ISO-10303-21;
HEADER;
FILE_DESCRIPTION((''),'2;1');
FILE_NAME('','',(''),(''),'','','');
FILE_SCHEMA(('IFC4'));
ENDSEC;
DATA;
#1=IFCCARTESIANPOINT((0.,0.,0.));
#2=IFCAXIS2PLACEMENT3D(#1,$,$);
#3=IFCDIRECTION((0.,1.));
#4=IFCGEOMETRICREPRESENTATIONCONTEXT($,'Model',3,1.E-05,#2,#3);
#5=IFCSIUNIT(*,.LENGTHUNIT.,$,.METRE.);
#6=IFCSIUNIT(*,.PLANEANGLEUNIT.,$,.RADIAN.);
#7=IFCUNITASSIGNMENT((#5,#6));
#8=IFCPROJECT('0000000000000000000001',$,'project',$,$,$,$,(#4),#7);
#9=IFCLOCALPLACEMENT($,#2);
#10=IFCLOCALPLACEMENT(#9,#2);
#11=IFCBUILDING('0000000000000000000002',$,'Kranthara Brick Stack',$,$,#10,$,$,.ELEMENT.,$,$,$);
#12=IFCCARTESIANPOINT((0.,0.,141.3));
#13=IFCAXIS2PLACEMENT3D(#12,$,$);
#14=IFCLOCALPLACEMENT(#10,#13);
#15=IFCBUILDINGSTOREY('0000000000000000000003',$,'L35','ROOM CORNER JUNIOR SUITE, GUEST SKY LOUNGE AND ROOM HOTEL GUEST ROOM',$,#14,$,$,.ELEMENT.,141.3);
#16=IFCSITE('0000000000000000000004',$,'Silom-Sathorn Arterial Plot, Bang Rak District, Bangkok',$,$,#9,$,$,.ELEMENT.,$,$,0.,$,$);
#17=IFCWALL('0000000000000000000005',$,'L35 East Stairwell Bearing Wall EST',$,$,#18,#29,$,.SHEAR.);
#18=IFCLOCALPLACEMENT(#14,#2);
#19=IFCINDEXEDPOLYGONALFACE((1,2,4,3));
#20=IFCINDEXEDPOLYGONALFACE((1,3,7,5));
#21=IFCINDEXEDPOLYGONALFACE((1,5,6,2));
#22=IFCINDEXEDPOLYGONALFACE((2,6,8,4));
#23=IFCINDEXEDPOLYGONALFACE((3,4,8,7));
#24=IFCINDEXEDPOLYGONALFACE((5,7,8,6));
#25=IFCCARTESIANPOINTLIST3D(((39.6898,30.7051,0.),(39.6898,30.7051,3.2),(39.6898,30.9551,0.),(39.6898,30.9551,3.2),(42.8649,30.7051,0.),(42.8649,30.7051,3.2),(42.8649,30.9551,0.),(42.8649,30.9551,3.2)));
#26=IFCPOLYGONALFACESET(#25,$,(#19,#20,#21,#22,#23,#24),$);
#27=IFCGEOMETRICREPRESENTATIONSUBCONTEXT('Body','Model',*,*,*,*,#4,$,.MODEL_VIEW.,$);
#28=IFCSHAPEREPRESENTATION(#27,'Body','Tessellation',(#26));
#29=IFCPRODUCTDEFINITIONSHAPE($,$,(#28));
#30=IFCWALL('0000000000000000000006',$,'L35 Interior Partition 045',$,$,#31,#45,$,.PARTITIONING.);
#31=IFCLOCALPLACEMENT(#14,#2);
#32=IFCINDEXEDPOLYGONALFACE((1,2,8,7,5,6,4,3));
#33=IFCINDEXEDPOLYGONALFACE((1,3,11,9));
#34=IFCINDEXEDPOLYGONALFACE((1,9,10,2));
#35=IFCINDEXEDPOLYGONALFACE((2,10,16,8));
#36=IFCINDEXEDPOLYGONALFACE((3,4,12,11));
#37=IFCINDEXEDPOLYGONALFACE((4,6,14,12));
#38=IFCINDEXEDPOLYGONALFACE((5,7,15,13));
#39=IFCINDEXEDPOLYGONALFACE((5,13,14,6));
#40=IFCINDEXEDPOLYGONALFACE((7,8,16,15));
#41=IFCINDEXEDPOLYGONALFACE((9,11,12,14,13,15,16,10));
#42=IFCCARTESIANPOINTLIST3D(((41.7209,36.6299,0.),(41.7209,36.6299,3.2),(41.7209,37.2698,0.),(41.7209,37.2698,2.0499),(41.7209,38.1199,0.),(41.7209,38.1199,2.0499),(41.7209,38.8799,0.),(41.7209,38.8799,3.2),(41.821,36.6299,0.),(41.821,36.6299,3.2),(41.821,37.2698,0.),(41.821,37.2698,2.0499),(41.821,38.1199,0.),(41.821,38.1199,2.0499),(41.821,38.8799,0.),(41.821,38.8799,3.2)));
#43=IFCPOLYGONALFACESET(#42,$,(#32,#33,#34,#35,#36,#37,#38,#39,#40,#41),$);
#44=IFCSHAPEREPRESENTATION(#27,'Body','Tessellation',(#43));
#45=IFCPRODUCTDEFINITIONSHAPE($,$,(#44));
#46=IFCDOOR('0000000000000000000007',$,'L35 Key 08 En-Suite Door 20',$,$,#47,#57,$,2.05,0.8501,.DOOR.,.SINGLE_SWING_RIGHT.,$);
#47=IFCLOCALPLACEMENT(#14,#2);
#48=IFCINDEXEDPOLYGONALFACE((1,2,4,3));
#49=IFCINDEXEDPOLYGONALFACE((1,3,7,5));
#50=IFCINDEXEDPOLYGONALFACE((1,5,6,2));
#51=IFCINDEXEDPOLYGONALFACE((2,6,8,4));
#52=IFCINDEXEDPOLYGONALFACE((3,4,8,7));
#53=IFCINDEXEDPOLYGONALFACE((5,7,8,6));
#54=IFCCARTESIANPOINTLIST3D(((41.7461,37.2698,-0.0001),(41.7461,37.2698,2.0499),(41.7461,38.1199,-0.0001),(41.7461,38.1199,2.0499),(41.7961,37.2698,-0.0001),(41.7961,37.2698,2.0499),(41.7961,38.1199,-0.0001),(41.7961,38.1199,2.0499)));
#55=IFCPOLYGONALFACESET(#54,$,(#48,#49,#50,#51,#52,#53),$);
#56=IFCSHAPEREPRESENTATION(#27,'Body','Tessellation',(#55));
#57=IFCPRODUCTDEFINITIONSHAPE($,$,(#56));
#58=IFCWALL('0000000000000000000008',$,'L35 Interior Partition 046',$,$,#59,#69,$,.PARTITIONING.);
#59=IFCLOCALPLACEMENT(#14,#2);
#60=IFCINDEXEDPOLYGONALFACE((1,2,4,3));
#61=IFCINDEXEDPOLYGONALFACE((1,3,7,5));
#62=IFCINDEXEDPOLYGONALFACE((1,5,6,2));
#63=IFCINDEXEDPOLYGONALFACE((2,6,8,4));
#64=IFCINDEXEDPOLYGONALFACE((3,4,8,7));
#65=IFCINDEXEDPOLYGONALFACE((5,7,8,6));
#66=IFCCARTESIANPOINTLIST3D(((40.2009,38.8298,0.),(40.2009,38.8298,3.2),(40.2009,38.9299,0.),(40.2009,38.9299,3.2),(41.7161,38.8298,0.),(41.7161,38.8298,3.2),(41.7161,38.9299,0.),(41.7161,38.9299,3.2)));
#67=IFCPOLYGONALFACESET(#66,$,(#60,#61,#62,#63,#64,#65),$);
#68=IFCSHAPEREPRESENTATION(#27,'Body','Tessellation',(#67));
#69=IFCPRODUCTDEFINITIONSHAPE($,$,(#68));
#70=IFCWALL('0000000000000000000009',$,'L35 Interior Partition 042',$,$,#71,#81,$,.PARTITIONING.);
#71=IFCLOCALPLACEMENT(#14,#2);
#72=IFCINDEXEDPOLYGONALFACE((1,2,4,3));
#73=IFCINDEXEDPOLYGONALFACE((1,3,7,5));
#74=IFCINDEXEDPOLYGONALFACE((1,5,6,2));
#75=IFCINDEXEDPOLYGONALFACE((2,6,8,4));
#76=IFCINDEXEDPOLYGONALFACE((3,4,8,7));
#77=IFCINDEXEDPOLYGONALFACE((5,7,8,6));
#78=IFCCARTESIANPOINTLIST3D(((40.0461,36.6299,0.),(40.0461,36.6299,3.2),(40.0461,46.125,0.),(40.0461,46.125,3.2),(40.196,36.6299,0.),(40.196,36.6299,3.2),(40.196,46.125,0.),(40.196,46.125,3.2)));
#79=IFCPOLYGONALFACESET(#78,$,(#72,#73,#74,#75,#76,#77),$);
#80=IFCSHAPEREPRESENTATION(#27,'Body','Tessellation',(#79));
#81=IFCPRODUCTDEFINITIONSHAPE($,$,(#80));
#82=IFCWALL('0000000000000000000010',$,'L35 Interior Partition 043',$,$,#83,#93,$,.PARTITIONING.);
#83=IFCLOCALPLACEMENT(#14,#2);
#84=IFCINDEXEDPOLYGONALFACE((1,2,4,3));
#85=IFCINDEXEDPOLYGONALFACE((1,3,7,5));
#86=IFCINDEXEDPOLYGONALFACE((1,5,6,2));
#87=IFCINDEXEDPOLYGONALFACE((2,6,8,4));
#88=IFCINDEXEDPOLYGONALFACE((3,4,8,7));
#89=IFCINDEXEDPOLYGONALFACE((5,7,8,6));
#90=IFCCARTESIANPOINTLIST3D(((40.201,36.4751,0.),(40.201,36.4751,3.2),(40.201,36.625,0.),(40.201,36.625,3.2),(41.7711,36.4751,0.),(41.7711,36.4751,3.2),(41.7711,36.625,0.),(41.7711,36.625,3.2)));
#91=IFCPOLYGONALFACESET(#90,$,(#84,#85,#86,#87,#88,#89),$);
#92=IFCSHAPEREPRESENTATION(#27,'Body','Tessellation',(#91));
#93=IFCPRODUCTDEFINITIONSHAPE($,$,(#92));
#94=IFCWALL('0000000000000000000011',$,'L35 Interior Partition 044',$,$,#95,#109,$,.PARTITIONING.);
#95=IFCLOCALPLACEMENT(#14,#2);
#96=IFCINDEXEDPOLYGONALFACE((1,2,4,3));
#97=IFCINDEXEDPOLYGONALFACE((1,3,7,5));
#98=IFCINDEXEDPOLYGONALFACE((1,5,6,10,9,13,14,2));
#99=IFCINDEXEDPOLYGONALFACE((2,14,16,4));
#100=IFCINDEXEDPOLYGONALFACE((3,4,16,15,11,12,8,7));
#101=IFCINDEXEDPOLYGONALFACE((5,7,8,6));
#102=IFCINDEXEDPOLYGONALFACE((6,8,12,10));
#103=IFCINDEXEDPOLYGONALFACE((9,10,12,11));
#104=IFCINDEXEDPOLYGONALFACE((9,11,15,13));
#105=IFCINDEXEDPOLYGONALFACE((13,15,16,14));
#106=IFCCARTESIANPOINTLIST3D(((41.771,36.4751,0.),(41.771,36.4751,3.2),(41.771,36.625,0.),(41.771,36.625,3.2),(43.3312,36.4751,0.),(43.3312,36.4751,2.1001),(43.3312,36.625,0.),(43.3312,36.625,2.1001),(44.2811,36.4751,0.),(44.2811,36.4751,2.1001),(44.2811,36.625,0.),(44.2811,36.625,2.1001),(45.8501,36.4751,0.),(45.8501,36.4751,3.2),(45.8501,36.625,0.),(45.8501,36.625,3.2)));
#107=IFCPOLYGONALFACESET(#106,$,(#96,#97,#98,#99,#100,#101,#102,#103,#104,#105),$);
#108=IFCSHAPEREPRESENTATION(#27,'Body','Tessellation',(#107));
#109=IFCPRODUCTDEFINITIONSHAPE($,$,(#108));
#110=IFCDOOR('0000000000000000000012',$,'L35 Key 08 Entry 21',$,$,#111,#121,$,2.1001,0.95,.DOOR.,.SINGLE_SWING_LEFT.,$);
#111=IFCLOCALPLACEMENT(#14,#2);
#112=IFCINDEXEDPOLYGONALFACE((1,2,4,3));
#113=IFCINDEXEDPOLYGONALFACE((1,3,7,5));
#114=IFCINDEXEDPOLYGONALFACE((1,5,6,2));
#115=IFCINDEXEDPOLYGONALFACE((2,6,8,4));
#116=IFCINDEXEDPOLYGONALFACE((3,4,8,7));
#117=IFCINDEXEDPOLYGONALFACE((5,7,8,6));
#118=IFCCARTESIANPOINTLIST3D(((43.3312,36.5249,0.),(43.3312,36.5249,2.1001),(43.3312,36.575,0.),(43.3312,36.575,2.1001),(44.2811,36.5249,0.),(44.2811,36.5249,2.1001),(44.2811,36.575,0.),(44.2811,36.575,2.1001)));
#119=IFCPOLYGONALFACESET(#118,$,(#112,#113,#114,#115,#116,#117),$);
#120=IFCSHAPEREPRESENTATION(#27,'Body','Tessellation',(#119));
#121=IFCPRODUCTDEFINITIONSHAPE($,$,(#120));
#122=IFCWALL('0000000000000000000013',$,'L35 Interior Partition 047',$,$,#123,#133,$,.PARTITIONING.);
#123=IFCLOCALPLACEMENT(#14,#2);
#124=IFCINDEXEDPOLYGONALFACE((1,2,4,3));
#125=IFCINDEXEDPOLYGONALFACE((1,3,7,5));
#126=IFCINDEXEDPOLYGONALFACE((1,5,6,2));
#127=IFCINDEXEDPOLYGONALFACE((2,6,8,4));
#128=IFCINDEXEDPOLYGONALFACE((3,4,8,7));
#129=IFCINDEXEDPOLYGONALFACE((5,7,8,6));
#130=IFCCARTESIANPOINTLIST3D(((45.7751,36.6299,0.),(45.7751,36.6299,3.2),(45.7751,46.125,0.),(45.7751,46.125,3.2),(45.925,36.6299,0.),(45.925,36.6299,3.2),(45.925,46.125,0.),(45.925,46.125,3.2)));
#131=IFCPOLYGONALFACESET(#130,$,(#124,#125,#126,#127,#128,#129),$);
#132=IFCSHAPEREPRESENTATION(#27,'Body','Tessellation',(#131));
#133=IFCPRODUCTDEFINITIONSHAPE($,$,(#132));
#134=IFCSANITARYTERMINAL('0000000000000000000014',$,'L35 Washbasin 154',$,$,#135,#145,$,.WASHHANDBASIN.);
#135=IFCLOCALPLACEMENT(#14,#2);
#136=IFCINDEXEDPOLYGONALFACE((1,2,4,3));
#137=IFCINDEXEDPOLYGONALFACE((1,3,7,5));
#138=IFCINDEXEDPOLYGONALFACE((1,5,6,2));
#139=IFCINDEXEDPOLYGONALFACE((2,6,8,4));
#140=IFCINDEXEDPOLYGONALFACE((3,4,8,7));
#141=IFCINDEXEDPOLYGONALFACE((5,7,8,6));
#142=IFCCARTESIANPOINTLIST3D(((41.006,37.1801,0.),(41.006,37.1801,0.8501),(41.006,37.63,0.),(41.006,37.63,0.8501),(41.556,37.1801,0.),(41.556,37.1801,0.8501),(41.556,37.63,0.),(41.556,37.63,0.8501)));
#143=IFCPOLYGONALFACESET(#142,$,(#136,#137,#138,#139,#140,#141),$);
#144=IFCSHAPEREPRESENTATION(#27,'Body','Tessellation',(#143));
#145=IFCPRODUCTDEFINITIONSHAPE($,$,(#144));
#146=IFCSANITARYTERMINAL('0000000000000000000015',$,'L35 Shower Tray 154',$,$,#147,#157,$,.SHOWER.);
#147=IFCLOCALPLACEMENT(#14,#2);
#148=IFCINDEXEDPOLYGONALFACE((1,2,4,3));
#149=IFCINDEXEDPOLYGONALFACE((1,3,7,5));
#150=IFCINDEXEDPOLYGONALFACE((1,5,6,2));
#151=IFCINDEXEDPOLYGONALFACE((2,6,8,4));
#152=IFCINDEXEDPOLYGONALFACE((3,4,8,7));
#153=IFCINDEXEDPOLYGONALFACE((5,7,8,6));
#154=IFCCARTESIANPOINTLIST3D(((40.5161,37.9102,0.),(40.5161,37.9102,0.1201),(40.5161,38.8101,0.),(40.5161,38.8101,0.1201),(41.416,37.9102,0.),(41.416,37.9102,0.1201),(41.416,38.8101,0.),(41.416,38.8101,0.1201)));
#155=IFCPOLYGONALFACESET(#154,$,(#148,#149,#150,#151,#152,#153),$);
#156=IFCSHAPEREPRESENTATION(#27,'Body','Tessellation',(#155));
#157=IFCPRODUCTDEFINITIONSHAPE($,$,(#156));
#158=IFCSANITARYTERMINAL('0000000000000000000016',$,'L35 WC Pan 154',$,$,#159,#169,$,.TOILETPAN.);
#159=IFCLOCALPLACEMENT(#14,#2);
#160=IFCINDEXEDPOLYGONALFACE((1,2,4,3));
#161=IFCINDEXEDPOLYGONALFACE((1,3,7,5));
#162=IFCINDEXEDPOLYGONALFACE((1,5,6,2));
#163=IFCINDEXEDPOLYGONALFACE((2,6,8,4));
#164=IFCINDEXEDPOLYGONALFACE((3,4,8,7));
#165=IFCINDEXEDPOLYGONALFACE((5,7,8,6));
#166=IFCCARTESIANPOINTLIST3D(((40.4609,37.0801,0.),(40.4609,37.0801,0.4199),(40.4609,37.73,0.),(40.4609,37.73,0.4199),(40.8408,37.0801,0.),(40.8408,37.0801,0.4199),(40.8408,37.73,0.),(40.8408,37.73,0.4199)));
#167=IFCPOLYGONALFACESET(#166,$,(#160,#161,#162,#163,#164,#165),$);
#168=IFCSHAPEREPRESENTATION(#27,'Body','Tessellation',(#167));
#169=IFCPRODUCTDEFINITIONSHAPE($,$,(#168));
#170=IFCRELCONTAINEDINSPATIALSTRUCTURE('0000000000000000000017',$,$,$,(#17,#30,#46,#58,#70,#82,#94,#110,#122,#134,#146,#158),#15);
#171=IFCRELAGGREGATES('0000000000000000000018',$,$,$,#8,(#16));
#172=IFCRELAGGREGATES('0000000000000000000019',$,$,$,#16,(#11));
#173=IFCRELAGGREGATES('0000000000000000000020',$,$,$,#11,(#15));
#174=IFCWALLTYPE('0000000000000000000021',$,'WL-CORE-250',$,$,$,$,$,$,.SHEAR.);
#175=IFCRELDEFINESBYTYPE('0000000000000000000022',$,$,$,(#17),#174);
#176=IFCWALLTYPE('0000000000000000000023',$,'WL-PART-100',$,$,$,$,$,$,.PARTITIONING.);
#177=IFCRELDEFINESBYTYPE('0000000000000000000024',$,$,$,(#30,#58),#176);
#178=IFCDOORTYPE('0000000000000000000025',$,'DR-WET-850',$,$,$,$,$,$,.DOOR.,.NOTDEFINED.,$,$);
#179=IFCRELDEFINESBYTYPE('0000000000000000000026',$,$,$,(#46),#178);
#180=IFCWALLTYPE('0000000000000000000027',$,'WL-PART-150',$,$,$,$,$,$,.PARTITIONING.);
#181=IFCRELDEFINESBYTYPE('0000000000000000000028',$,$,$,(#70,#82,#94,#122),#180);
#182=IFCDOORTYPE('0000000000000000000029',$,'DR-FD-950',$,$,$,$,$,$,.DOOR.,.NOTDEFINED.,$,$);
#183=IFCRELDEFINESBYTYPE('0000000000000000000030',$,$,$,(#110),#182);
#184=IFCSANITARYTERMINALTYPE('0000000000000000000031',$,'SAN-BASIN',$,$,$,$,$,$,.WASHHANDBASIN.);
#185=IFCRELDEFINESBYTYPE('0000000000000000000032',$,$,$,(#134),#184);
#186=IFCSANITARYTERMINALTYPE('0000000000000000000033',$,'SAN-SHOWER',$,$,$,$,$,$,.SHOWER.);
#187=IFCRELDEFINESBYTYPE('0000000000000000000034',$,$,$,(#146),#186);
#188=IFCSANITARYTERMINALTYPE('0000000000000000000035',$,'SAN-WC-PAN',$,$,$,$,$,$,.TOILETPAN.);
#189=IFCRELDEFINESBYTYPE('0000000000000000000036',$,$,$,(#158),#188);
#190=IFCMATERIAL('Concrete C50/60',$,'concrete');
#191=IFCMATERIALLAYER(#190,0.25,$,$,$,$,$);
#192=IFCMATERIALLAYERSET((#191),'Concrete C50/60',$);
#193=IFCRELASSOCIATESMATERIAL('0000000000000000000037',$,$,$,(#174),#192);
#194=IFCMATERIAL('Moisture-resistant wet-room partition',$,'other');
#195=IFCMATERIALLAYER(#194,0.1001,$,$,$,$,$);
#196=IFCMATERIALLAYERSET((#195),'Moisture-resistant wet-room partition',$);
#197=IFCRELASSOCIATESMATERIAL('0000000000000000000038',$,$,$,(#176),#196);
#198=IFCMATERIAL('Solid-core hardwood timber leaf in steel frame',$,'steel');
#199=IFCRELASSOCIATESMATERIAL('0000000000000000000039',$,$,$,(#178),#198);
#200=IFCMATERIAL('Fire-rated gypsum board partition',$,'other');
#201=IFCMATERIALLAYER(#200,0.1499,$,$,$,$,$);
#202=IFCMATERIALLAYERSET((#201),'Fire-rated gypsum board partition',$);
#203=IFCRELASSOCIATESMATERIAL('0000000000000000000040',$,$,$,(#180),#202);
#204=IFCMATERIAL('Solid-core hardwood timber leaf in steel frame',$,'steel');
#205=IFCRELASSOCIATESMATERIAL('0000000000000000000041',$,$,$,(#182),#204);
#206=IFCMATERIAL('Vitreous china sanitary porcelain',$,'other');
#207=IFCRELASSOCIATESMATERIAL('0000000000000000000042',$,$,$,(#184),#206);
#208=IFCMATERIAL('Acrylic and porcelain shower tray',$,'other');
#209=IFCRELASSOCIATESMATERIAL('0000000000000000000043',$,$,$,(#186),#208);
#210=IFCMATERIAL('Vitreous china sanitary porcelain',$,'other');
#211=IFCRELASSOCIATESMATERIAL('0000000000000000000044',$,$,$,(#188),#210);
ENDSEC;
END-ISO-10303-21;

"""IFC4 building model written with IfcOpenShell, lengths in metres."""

from ifc_helpers import new_model, si_unit, direction, frame, frame_2d, origin, origin_2d, place, context, subcontext, project, spatial, rectangle, extrude, material, layer, layer_set, type_object, element, fill, save


model = new_model("IFC4")

# Units and contexts
model_context = context("Model", 3, precision=1e-05, world=origin(), true_north=direction((0.0, 1.0)))
body_context = subcontext(model_context, "Body", "Model", "MODEL_VIEW")
ifc_project = project(units=[si_unit("LENGTHUNIT", "METRE"), si_unit("PLANEANGLEUNIT", "RADIAN")], contexts=[model_context])

# Site, building, storey
site_placement = place(None, origin())
site = spatial("IfcSite", under=ifc_project, at=site_placement, Name="Silom-Sathorn Arterial Plot, Bang Rak District, Bangkok", CompositionType="ELEMENT", RefElevation=0.0)
building_placement = place(site_placement, origin())
building = spatial("IfcBuilding", under=site, at=building_placement, Name="Kranthara Brick Stack", CompositionType="ELEMENT")
storey_placement = place(building_placement, frame((0.0, 0.0, 141.3)))
storey = spatial("IfcBuildingStorey", under=building, at=storey_placement, Name="L35", Description="ROOM CORNER JUNIOR SUITE, GUEST SKY LOUNGE AND ROOM HOTEL GUEST ROOM", CompositionType="ELEMENT", Elevation=141.3)

# Wall
ifc_material_1 = material(Name="Concrete C50/60", Category="concrete")
ifc_layer_1 = layer(ifc_material_1, 0.25)
ifc_layer_set_1 = layer_set([ifc_layer_1], Name="Concrete C50/60")
wall_type_1 = type_object("IfcWallType", Name="WL-CORE-250", PredefinedType="SHEAR", material=ifc_layer_set_1)
wall_1_placement = place(storey_placement, frame((39.6899, 30.8301, 0.0), z_axis=(0.0, 0.0, 1.0), x_axis=(1.0, 0.0, 0.0)))
element("IfcWall", 1, at=wall_1_placement, inside=storey, type_object=wall_type_1, Name="L35 East Stairwell Bearing Wall EST", PredefinedType="SHEAR", context=body_context, shape_type="SweptSolid", body=[
    extrude(rectangle(XDim=3.175, YDim=0.25, at=frame_2d((1.5874, 0.0))), origin(), (0.0, 0.0, 1.0), 3.2),
])

# Wall, opening, door
ifc_material_2 = material(Name="Moisture-resistant wet-room partition", Category="other")
ifc_layer_2 = layer(ifc_material_2, 0.1001)
ifc_layer_set_2 = layer_set([ifc_layer_2], Name="Moisture-resistant wet-room partition")
wall_type_2 = type_object("IfcWallType", Name="WL-PART-100", PredefinedType="PARTITIONING", material=ifc_layer_set_2)
wall_2_placement = place(storey_placement, frame((41.771, 36.6299, 0.0), z_axis=(0.0, 0.0, 1.0), x_axis=(0.0, 1.0, 0.0)))
wall_2 = element("IfcWall", 2, at=wall_2_placement, inside=storey, type_object=wall_type_2, Name="L35 Interior Partition 045", PredefinedType="PARTITIONING", context=body_context, shape_type="SweptSolid", body=[
    extrude(rectangle(XDim=2.25, YDim=0.1001, at=frame_2d((1.125, 0.0))), origin(), (0.0, 0.0, 1.0), 3.2),
])
opening_1_placement = place(wall_2_placement, frame((0.6399, 0.0, 0.0)))
opening_1 = element("IfcOpeningElement", 3, at=opening_1_placement, cuts=wall_2, PredefinedType="OPENING", context=body_context, shape_type="SweptSolid", body=[
    extrude(rectangle(XDim=0.8501, YDim=2.05, at=frame_2d((0.425, 1.0249))), frame((0.0, 0.0601, 0.0), z_axis=(0.0, -1.0, 0.0), x_axis=(1.0, 0.0, 0.0)), (0.0, 0.0, 1.0), 0.1201),
])
ifc_material_3 = material(Name="Solid-core hardwood timber leaf in steel frame", Category="steel")
door_type_1 = type_object("IfcDoorType", Name="DR-WET-850", OperationType="NOTDEFINED", PredefinedType="DOOR", material=ifc_material_3)
door_1_placement = place(opening_1_placement, origin())
door_1 = element("IfcDoor", 4, at=door_1_placement, inside=storey, type_object=door_type_1, Name="L35 Key 08 En-Suite Door 20", OperationType="SINGLE_SWING_RIGHT", OverallHeight=2.05, OverallWidth=0.8501, PredefinedType="DOOR", context=body_context, shape_type="SweptSolid", body=[
    extrude(rectangle(XDim=0.8501, YDim=2.05, at=frame_2d((0.425, 1.0249))), frame((0.0, 0.0249, 0.0), z_axis=(0.0, -1.0, 0.0), x_axis=(1.0, 0.0, 0.0)), (0.0, 0.0, 1.0), 0.05),
])
fill(opening_1, door_1)

# Walls
wall_3_placement = place(storey_placement, frame((40.2009, 38.8799, 0.0), z_axis=(0.0, 0.0, 1.0), x_axis=(1.0, 0.0, 0.0)))
element("IfcWall", 5, at=wall_3_placement, inside=storey, type_object=wall_type_2, Name="L35 Interior Partition 046", PredefinedType="PARTITIONING", context=body_context, shape_type="SweptSolid", body=[
    extrude(rectangle(XDim=1.5151, YDim=0.1001, at=frame_2d((0.7576, 0.0))), origin(), (0.0, 0.0, 1.0), 3.2),
])
ifc_material_4 = material(Name="Fire-rated gypsum board partition", Category="other")
ifc_layer_3 = layer(ifc_material_4, 0.1499)
ifc_layer_set_3 = layer_set([ifc_layer_3], Name="Fire-rated gypsum board partition")
wall_type_3 = type_object("IfcWallType", Name="WL-PART-150", PredefinedType="PARTITIONING", material=ifc_layer_set_3)
wall_4_placement = place(storey_placement, frame((40.1211, 36.6299, 0.0), z_axis=(0.0, 0.0, 1.0), x_axis=(0.0, 1.0, 0.0)))
element("IfcWall", 6, at=wall_4_placement, inside=storey, type_object=wall_type_3, Name="L35 Interior Partition 042", PredefinedType="PARTITIONING", context=body_context, shape_type="SweptSolid", body=[
    extrude(rectangle(XDim=9.4951, YDim=0.1499, at=frame_2d((4.7476, 0.0))), origin(), (0.0, 0.0, 1.0), 3.2),
])
wall_5_placement = place(storey_placement, frame((40.2009, 36.55, 0.0), z_axis=(0.0, 0.0, 1.0), x_axis=(1.0, 0.0, 0.0)))
element("IfcWall", 7, at=wall_5_placement, inside=storey, type_object=wall_type_3, Name="L35 Interior Partition 043", PredefinedType="PARTITIONING", context=body_context, shape_type="SweptSolid", body=[
    extrude(rectangle(XDim=1.5701, YDim=0.1499, at=frame_2d((0.7852, 0.0))), origin(), (0.0, 0.0, 1.0), 3.2),
])

# Wall, opening, door
wall_6_placement = place(storey_placement, frame((41.771, 36.55, 0.0), z_axis=(0.0, 0.0, 1.0), x_axis=(1.0, 0.0, 0.0)))
wall_6 = element("IfcWall", 8, at=wall_6_placement, inside=storey, type_object=wall_type_3, Name="L35 Interior Partition 044", PredefinedType="PARTITIONING", context=body_context, shape_type="SweptSolid", body=[
    extrude(rectangle(XDim=4.0791, YDim=0.1499, at=frame_2d((2.0396, 0.0))), origin(), (0.0, 0.0, 1.0), 3.2),
])
opening_2_placement = place(wall_6_placement, frame((1.5601, 0.0, 0.0)))
opening_2 = element("IfcOpeningElement", 9, at=opening_2_placement, cuts=wall_6, PredefinedType="OPENING", context=body_context, shape_type="SweptSolid", body=[
    extrude(rectangle(XDim=0.95, YDim=2.1001, at=frame_2d((0.4751, 1.05))), frame((0.0, 0.085, 0.0), z_axis=(0.0, -1.0, 0.0), x_axis=(1.0, 0.0, 0.0)), (0.0, 0.0, 1.0), 0.1699),
])
ifc_material_5 = material(Name="Solid-core hardwood timber leaf in steel frame", Category="steel")
door_type_2 = type_object("IfcDoorType", Name="DR-FD-950", OperationType="NOTDEFINED", PredefinedType="DOOR", material=ifc_material_5)
door_2_placement = place(opening_2_placement, origin())
door_2 = element("IfcDoor", 10, at=door_2_placement, inside=storey, type_object=door_type_2, Name="L35 Key 08 Entry 21", OperationType="SINGLE_SWING_LEFT", OverallHeight=2.1001, OverallWidth=0.95, PredefinedType="DOOR", context=body_context, shape_type="SweptSolid", body=[
    extrude(rectangle(XDim=0.95, YDim=2.1001, at=frame_2d((0.4751, 1.05))), frame((0.0, 0.0249, 0.0), z_axis=(0.0, -1.0, 0.0), x_axis=(1.0, 0.0, 0.0)), (0.0, 0.0, 1.0), 0.05),
])
fill(opening_2, door_2)

# Wall
wall_7_placement = place(storey_placement, frame((45.8501, 36.6299, 0.0), z_axis=(0.0, 0.0, 1.0), x_axis=(0.0, 1.0, 0.0)))
element("IfcWall", 11, at=wall_7_placement, inside=storey, type_object=wall_type_3, Name="L35 Interior Partition 047", PredefinedType="PARTITIONING", context=body_context, shape_type="SweptSolid", body=[
    extrude(rectangle(XDim=9.4951, YDim=0.1499, at=frame_2d((4.7476, 0.0))), origin(), (0.0, 0.0, 1.0), 3.2),
])

# Sanitary terminals
ifc_material_6 = material(Name="Vitreous china sanitary porcelain", Category="other")
sanitary_terminal_type_1 = type_object("IfcSanitaryTerminalType", Name="SAN-BASIN", PredefinedType="WASHHANDBASIN", material=ifc_material_6)
sanitary_terminal_1_placement = place(storey_placement, frame((41.281, 37.405, 0.0), z_axis=(0.0, 0.0, 1.0), x_axis=(1.0, 0.0, 0.0)))
element("IfcSanitaryTerminal", 12, at=sanitary_terminal_1_placement, inside=storey, type_object=sanitary_terminal_type_1, Name="L35 Washbasin 154", PredefinedType="WASHHANDBASIN", context=body_context, shape_type="SweptSolid", body=[
    extrude(rectangle(XDim=0.55, YDim=0.45, at=origin_2d()), origin(), (0.0, 0.0, 1.0), 0.8501),
])
ifc_material_7 = material(Name="Acrylic and porcelain shower tray", Category="other")
sanitary_terminal_type_2 = type_object("IfcSanitaryTerminalType", Name="SAN-SHOWER", PredefinedType="SHOWER", material=ifc_material_7)
sanitary_terminal_2_placement = place(storey_placement, frame((40.9661, 38.3601, 0.0), z_axis=(0.0, 0.0, 1.0), x_axis=(1.0, 0.0, 0.0)))
element("IfcSanitaryTerminal", 13, at=sanitary_terminal_2_placement, inside=storey, type_object=sanitary_terminal_type_2, Name="L35 Shower Tray 154", PredefinedType="SHOWER", context=body_context, shape_type="SweptSolid", body=[
    extrude(rectangle(XDim=0.8999, YDim=0.8999, at=origin_2d()), origin(), (0.0, 0.0, 1.0), 0.1201),
])
ifc_material_8 = material(Name="Vitreous china sanitary porcelain", Category="other")
sanitary_terminal_type_3 = type_object("IfcSanitaryTerminalType", Name="SAN-WC-PAN", PredefinedType="TOILETPAN", material=ifc_material_8)
sanitary_terminal_3_placement = place(storey_placement, frame((40.6509, 37.405, 0.0), z_axis=(0.0, 0.0, 1.0), x_axis=(1.0, 0.0, 0.0)))
element("IfcSanitaryTerminal", 14, at=sanitary_terminal_3_placement, inside=storey, type_object=sanitary_terminal_type_3, Name="L35 WC Pan 154", PredefinedType="TOILETPAN", context=body_context, shape_type="SweptSolid", body=[
    extrude(rectangle(XDim=0.3799, YDim=0.6499, at=origin_2d()), origin(), (0.0, 0.0, 1.0), 0.4199),
])

save(model, "model.ifc")
